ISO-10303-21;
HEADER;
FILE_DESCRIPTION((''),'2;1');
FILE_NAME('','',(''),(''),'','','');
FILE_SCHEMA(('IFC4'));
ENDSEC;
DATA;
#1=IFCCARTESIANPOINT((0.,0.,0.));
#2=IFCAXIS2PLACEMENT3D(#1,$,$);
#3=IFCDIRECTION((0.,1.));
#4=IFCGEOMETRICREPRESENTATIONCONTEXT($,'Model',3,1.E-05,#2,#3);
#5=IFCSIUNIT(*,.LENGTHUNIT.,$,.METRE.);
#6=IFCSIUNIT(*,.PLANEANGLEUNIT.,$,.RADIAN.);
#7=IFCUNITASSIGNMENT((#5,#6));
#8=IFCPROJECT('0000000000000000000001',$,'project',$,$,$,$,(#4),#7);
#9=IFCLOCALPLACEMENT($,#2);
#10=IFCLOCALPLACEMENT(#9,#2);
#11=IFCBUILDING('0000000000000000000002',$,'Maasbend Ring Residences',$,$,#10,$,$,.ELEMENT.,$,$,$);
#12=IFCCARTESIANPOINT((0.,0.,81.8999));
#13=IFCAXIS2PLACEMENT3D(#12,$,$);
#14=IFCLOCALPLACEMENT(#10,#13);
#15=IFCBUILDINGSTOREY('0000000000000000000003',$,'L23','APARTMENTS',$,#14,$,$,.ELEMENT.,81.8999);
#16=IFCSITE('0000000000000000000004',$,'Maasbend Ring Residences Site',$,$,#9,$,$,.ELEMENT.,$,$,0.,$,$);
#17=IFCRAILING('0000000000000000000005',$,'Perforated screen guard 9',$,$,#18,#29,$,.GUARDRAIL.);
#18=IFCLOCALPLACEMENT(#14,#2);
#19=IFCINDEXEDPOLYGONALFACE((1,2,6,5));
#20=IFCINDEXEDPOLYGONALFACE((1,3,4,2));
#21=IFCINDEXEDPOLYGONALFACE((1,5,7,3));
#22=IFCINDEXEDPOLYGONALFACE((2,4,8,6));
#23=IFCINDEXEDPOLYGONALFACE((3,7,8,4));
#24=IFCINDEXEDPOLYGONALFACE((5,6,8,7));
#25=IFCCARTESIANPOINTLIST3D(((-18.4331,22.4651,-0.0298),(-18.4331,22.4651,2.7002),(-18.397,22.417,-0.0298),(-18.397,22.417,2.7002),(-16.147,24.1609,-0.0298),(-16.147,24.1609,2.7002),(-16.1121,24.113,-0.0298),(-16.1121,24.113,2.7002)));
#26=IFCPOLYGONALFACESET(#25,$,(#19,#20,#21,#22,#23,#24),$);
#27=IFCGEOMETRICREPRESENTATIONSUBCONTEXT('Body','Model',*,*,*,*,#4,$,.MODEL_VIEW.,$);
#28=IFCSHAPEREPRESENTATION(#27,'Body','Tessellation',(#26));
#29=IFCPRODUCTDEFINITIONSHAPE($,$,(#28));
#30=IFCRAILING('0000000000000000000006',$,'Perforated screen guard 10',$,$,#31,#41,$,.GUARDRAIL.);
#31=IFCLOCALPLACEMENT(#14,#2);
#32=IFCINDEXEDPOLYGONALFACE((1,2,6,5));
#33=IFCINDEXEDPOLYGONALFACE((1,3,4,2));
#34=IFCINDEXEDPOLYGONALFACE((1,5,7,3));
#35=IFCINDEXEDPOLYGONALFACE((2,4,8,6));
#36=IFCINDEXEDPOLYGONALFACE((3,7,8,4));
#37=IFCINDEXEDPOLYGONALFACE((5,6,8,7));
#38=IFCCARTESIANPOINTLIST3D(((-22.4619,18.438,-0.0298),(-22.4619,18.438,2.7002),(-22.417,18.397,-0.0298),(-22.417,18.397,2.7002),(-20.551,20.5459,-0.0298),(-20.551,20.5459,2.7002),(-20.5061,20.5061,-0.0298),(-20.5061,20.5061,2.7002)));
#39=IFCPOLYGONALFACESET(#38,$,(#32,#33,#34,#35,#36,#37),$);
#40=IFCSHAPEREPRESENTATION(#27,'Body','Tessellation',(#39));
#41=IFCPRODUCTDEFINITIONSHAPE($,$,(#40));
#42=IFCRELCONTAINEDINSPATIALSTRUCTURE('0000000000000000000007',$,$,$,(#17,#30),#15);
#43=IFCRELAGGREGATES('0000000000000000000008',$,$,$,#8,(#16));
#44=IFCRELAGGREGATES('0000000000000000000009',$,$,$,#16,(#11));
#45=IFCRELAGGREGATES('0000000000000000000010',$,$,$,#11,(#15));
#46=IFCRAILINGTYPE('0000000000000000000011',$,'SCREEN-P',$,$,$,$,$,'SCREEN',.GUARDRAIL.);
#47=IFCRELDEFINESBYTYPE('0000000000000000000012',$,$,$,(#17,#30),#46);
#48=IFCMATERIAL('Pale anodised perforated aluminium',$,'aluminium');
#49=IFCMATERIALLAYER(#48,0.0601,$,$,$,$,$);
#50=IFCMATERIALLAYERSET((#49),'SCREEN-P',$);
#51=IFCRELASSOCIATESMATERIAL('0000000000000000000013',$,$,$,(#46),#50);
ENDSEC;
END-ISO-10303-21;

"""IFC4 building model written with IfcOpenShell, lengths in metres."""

from ifc_helpers import new_model, si_unit, direction, frame, origin, place, context, subcontext, project, spatial, polyline, outline, extrude, material, layer, layer_set, type_object, element, save


model = new_model("IFC4")

# Units and contexts
model_context = context("Model", 3, precision=1e-05, world=origin(), true_north=direction((0.0, 1.0)))
body_context = subcontext(model_context, "Body", "Model", "MODEL_VIEW")
ifc_project = project(units=[si_unit("LENGTHUNIT", "METRE"), si_unit("PLANEANGLEUNIT", "RADIAN")], contexts=[model_context])

# Site, building, storey
site_placement = place(None, origin())
site = spatial("IfcSite", under=ifc_project, at=site_placement, Name="Maasbend Ring Residences Site", CompositionType="ELEMENT", RefElevation=0.0)
building_placement = place(site_placement, origin())
building = spatial("IfcBuilding", under=site, at=building_placement, Name="Maasbend Ring Residences", CompositionType="ELEMENT")
storey_placement = place(building_placement, frame((0.0, 0.0, 81.8999)))
storey = spatial("IfcBuildingStorey", under=building, at=storey_placement, Name="L23", Description="APARTMENTS", CompositionType="ELEMENT", Elevation=81.8999)

# Railings
ifc_material_1 = material(Name="Pale anodised perforated aluminium", Category="aluminium")
ifc_layer_1 = layer(ifc_material_1, 0.0601)
ifc_layer_set_1 = layer_set([ifc_layer_1], Name="SCREEN-P")
railing_type = type_object("IfcRailingType", Name="SCREEN-P", ElementType="SCREEN", PredefinedType="GUARDRAIL", material=ifc_layer_set_1)
railing_1_placement = place(storey_placement, frame((0.0, 0.0, -0.0298)))
element("IfcRailing", 1, at=railing_1_placement, inside=storey, type_object=railing_type, Name="Perforated screen guard 9", PredefinedType="GUARDRAIL", context=body_context, shape_type="SweptSolid", body=[
    extrude(outline(polyline([(-16.1121, 24.113), (-18.397, 22.417), (-18.4331, 22.4651), (-16.147, 24.1609), (-16.1121, 24.113)])), origin(), (0.0, 0.0, 1.0), 2.73),
])
railing_2_placement = place(storey_placement, frame((0.0, 0.0, -0.0298)))
element("IfcRailing", 2, at=railing_2_placement, inside=storey, type_object=railing_type, Name="Perforated screen guard 10", PredefinedType="GUARDRAIL", context=body_context, shape_type="SweptSolid", body=[
    extrude(outline(polyline([(-20.5061, 20.5061), (-22.417, 18.397), (-22.4619, 18.438), (-20.551, 20.5459), (-20.5061, 20.5061)])), origin(), (0.0, 0.0, 1.0), 2.73),
])

save(model, "model.ifc")
